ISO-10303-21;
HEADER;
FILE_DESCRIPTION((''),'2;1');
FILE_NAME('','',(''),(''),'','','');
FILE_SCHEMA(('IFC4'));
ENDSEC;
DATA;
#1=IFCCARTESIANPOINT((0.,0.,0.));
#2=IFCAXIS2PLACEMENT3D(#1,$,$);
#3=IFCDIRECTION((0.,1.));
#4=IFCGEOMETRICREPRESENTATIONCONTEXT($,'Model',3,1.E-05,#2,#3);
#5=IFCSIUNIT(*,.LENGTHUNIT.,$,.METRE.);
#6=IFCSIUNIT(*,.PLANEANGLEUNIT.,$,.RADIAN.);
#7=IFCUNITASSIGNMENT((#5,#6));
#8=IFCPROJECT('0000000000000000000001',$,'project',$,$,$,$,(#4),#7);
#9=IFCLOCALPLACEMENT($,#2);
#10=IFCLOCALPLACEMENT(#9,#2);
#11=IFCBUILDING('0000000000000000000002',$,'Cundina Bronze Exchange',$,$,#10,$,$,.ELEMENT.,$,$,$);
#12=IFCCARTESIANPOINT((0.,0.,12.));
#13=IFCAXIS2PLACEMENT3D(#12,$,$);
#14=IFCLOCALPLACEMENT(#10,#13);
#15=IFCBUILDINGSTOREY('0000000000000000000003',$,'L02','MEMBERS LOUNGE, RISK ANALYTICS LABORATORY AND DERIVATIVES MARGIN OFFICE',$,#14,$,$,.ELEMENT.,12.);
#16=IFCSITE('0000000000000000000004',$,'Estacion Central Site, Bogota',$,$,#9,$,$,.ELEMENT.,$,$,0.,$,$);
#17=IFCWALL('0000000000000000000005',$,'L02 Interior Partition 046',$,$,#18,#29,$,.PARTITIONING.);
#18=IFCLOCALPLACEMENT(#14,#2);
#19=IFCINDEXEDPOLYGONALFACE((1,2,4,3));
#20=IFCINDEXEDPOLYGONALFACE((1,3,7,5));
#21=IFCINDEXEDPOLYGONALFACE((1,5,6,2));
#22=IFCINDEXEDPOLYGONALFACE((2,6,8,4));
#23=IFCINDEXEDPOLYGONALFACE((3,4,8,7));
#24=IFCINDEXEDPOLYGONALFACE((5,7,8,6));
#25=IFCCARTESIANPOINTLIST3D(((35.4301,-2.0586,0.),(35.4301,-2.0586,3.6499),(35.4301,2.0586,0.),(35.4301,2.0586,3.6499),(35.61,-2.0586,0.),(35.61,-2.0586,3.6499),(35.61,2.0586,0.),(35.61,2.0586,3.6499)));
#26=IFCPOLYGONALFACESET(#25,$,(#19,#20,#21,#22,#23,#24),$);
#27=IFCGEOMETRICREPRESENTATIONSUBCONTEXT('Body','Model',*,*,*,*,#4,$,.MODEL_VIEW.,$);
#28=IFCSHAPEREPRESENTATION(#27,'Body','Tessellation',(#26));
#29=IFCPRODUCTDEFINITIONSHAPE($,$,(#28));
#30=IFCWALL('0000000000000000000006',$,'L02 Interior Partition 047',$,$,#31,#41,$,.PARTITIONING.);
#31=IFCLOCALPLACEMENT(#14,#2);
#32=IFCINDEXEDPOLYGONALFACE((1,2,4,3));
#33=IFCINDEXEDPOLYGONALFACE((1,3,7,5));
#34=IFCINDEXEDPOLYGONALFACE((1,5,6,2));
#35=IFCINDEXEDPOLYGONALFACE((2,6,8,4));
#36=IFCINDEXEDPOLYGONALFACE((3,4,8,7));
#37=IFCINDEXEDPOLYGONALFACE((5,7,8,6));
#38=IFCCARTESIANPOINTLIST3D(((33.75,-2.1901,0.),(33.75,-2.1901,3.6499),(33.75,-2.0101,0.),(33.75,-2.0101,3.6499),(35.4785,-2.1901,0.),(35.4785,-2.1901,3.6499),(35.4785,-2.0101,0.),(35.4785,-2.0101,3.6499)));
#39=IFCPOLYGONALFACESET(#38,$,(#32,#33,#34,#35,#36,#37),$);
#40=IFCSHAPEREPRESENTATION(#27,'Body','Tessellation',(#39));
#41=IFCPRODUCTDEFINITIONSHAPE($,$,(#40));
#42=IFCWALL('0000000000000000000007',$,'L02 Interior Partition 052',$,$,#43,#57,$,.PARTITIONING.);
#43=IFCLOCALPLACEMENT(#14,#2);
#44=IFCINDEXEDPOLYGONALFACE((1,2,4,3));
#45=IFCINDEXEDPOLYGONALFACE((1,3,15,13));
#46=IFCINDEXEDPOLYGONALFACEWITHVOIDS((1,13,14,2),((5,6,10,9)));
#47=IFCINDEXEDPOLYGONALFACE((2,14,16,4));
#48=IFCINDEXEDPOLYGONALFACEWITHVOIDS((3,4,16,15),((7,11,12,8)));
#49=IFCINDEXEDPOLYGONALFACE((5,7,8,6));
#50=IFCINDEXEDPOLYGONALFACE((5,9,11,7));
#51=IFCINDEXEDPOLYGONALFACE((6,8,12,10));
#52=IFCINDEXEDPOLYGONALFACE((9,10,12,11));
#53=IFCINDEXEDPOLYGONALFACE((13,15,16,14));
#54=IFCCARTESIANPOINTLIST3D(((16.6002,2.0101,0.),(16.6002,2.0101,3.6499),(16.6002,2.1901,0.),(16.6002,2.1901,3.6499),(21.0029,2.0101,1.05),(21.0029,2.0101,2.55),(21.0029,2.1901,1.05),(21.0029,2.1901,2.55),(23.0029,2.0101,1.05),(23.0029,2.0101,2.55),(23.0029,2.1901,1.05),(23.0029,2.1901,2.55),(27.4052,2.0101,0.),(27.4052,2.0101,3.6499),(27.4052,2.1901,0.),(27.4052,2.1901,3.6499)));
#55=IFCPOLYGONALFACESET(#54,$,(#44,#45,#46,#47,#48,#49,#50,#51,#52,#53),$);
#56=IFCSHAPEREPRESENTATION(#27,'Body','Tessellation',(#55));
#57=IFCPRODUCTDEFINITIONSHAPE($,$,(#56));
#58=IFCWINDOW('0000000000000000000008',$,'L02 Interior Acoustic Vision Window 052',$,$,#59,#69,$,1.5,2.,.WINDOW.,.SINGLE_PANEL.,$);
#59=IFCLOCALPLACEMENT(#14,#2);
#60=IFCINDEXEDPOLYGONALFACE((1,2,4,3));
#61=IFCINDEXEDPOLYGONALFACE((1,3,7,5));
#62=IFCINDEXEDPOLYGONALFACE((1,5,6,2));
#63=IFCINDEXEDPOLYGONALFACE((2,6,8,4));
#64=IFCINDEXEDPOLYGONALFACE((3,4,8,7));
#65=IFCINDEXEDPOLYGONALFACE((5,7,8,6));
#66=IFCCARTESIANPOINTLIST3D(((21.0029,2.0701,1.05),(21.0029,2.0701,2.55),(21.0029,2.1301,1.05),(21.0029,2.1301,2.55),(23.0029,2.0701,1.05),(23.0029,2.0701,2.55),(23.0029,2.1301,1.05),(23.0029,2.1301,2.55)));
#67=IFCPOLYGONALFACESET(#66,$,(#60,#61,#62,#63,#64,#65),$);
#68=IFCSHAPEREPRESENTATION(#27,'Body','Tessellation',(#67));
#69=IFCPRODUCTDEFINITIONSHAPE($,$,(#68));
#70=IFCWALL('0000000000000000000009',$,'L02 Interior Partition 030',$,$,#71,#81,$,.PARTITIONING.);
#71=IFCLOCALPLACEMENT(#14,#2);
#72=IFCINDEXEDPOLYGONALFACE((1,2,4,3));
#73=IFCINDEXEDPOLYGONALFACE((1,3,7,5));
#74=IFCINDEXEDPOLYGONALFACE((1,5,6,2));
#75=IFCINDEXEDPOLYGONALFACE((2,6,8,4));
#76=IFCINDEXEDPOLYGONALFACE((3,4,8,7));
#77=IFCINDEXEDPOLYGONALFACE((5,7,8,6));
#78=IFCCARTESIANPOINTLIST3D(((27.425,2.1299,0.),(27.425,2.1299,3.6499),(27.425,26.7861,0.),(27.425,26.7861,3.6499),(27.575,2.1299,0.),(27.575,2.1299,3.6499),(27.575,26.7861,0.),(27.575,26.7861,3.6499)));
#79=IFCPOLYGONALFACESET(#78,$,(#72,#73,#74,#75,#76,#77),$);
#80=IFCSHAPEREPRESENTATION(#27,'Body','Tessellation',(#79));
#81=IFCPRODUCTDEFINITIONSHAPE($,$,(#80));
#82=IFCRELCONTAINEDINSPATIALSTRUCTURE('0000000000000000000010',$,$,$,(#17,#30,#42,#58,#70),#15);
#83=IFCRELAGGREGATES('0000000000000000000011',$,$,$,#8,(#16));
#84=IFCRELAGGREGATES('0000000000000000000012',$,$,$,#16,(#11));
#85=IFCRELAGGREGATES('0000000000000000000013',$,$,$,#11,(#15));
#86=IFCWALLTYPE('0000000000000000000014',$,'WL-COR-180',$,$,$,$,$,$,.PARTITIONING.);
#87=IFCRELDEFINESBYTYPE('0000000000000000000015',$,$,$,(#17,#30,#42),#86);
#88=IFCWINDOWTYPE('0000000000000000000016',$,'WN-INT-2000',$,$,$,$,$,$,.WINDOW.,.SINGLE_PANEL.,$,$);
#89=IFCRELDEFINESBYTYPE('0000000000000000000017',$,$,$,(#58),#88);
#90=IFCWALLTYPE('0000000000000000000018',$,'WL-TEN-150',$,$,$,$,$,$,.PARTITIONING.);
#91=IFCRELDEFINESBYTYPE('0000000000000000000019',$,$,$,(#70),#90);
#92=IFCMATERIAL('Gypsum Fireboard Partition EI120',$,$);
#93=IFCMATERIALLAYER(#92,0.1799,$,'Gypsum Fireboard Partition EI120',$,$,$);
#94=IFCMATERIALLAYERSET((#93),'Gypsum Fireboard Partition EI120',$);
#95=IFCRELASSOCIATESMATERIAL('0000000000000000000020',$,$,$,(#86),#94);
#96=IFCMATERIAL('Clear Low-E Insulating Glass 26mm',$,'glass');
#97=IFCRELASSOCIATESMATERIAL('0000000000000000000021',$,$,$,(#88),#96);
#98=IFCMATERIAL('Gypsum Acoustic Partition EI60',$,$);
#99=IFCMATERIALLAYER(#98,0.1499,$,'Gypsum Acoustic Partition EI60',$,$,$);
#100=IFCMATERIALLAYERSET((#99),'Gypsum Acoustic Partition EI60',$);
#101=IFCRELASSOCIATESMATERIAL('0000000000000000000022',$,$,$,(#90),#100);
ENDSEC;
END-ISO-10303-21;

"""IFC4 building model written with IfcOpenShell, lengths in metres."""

from ifc_helpers import new_model, si_unit, direction, frame, frame_2d, origin, place, context, subcontext, project, spatial, rectangle, extrude, material, layer, layer_set, type_object, element, fill, save


model = new_model("IFC4")

# Units and contexts
model_context = context("Model", 3, precision=1e-05, world=origin(), true_north=direction((0.0, 1.0)))
body_context = subcontext(model_context, "Body", "Model", "MODEL_VIEW")
ifc_project = project(units=[si_unit("LENGTHUNIT", "METRE"), si_unit("PLANEANGLEUNIT", "RADIAN")], contexts=[model_context])

# Site, building, storey
site_placement = place(None, origin())
site = spatial("IfcSite", under=ifc_project, at=site_placement, Name="Estacion Central Site, Bogota", CompositionType="ELEMENT", RefElevation=0.0)
building_placement = place(site_placement, origin())
building = spatial("IfcBuilding", under=site, at=building_placement, Name="Cundina Bronze Exchange", CompositionType="ELEMENT")
storey_placement = place(building_placement, frame((0.0, 0.0, 12.0)))
storey = spatial("IfcBuildingStorey", under=building, at=storey_placement, Name="L02", Description="MEMBERS LOUNGE, RISK ANALYTICS LABORATORY AND DERIVATIVES MARGIN OFFICE", CompositionType="ELEMENT", Elevation=12.0)

# Shared definitions
ifc_material_1 = material(Name="Gypsum Fireboard Partition EI120")
ifc_layer_1 = layer(ifc_material_1, 0.1799, Name="Gypsum Fireboard Partition EI120")
ifc_layer_set_1 = layer_set([ifc_layer_1], Name="Gypsum Fireboard Partition EI120")
wall_type_1 = type_object("IfcWallType", Name="WL-COR-180", PredefinedType="PARTITIONING", material=ifc_layer_set_1)

# Shared definitions
ifc_material_2 = material(Name="Clear Low-E Insulating Glass 26mm", Category="glass")
window_type = type_object("IfcWindowType", Name="WN-INT-2000", PartitioningType="SINGLE_PANEL", PredefinedType="WINDOW", material=ifc_material_2)

# Walls
wall_1_placement = place(storey_placement, frame((35.52, -2.0586, 0.0), z_axis=(0.0, 0.0, 1.0), x_axis=(0.0, 1.0, 0.0)))
element("IfcWall", 1, at=wall_1_placement, inside=storey, type_object=wall_type_1, Name="L02 Interior Partition 046", PredefinedType="PARTITIONING", context=body_context, shape_type="SweptSolid", body=[
    extrude(rectangle(XDim=4.1172, YDim=0.1799, at=frame_2d((2.0586, 0.0))), origin(), (0.0, 0.0, 1.0), 3.6499),
])
wall_2_placement = place(storey_placement, frame((33.75, -2.1001, 0.0), z_axis=(0.0, 0.0, 1.0), x_axis=(1.0, 0.0, 0.0)))
element("IfcWall", 2, at=wall_2_placement, inside=storey, type_object=wall_type_1, Name="L02 Interior Partition 047", PredefinedType="PARTITIONING", context=body_context, shape_type="SweptSolid", body=[
    extrude(rectangle(XDim=1.7285, YDim=0.1799, at=frame_2d((0.8643, 0.0))), origin(), (0.0, 0.0, 1.0), 3.6499),
])

# Wall, opening, window
wall_3_placement = place(storey_placement, frame((27.405, 2.1001, 0.0), z_axis=(0.0, 0.0, 1.0), x_axis=(-1.0, 0.0, 0.0)))
wall_3 = element("IfcWall", 3, at=wall_3_placement, inside=storey, type_object=wall_type_1, Name="L02 Interior Partition 052", PredefinedType="PARTITIONING", context=body_context, shape_type="SweptSolid", body=[
    extrude(rectangle(XDim=10.8049, YDim=0.1799, at=frame_2d((5.4023, 0.0))), origin(), (0.0, 0.0, 1.0), 3.6499),
])
opening_1_placement = place(wall_3_placement, frame((4.4021, 0.0, 1.05)))
opening_1 = element("IfcOpeningElement", 4, at=opening_1_placement, cuts=wall_3, PredefinedType="OPENING", context=body_context, shape_type="SweptSolid", body=[
    extrude(rectangle(XDim=2.0, YDim=1.5, at=frame_2d((1.0, 0.75))), frame((0.0, 0.0999, 0.0), z_axis=(0.0, -1.0, 0.0), x_axis=(1.0, 0.0, 0.0)), (0.0, 0.0, 1.0), 0.2),
])
window_1_placement = place(opening_1_placement, origin())
window_1 = element("IfcWindow", 5, at=window_1_placement, inside=storey, type_object=window_type, Name="L02 Interior Acoustic Vision Window 052", OverallHeight=1.5, OverallWidth=2.0, PartitioningType="SINGLE_PANEL", PredefinedType="WINDOW", context=body_context, shape_type="SweptSolid", body=[
    extrude(rectangle(XDim=2.0, YDim=1.5, at=frame_2d((1.0, 0.75))), frame((0.0, 0.03, 0.0), z_axis=(0.0, -1.0, 0.0), x_axis=(1.0, 0.0, 0.0)), (0.0, 0.0, 1.0), 0.0601),
])
fill(opening_1, window_1)

# Wall
ifc_material_3 = material(Name="Gypsum Acoustic Partition EI60")
ifc_layer_2 = layer(ifc_material_3, 0.1499, Name="Gypsum Acoustic Partition EI60")
ifc_layer_set_2 = layer_set([ifc_layer_2], Name="Gypsum Acoustic Partition EI60")
wall_type_2 = type_object("IfcWallType", Name="WL-TEN-150", PredefinedType="PARTITIONING", material=ifc_layer_set_2)
wall_4_placement = place(storey_placement, frame((27.5, 2.1299, 0.0), z_axis=(0.0, 0.0, 1.0), x_axis=(0.0, 1.0, 0.0)))
element("IfcWall", 6, at=wall_4_placement, inside=storey, type_object=wall_type_2, Name="L02 Interior Partition 030", PredefinedType="PARTITIONING", context=body_context, shape_type="SweptSolid", body=[
    extrude(rectangle(XDim=24.6562, YDim=0.1499, at=frame_2d((12.3281, 0.0))), origin(), (0.0, 0.0, 1.0), 3.6499),
])

save(model, "model.ifc")
